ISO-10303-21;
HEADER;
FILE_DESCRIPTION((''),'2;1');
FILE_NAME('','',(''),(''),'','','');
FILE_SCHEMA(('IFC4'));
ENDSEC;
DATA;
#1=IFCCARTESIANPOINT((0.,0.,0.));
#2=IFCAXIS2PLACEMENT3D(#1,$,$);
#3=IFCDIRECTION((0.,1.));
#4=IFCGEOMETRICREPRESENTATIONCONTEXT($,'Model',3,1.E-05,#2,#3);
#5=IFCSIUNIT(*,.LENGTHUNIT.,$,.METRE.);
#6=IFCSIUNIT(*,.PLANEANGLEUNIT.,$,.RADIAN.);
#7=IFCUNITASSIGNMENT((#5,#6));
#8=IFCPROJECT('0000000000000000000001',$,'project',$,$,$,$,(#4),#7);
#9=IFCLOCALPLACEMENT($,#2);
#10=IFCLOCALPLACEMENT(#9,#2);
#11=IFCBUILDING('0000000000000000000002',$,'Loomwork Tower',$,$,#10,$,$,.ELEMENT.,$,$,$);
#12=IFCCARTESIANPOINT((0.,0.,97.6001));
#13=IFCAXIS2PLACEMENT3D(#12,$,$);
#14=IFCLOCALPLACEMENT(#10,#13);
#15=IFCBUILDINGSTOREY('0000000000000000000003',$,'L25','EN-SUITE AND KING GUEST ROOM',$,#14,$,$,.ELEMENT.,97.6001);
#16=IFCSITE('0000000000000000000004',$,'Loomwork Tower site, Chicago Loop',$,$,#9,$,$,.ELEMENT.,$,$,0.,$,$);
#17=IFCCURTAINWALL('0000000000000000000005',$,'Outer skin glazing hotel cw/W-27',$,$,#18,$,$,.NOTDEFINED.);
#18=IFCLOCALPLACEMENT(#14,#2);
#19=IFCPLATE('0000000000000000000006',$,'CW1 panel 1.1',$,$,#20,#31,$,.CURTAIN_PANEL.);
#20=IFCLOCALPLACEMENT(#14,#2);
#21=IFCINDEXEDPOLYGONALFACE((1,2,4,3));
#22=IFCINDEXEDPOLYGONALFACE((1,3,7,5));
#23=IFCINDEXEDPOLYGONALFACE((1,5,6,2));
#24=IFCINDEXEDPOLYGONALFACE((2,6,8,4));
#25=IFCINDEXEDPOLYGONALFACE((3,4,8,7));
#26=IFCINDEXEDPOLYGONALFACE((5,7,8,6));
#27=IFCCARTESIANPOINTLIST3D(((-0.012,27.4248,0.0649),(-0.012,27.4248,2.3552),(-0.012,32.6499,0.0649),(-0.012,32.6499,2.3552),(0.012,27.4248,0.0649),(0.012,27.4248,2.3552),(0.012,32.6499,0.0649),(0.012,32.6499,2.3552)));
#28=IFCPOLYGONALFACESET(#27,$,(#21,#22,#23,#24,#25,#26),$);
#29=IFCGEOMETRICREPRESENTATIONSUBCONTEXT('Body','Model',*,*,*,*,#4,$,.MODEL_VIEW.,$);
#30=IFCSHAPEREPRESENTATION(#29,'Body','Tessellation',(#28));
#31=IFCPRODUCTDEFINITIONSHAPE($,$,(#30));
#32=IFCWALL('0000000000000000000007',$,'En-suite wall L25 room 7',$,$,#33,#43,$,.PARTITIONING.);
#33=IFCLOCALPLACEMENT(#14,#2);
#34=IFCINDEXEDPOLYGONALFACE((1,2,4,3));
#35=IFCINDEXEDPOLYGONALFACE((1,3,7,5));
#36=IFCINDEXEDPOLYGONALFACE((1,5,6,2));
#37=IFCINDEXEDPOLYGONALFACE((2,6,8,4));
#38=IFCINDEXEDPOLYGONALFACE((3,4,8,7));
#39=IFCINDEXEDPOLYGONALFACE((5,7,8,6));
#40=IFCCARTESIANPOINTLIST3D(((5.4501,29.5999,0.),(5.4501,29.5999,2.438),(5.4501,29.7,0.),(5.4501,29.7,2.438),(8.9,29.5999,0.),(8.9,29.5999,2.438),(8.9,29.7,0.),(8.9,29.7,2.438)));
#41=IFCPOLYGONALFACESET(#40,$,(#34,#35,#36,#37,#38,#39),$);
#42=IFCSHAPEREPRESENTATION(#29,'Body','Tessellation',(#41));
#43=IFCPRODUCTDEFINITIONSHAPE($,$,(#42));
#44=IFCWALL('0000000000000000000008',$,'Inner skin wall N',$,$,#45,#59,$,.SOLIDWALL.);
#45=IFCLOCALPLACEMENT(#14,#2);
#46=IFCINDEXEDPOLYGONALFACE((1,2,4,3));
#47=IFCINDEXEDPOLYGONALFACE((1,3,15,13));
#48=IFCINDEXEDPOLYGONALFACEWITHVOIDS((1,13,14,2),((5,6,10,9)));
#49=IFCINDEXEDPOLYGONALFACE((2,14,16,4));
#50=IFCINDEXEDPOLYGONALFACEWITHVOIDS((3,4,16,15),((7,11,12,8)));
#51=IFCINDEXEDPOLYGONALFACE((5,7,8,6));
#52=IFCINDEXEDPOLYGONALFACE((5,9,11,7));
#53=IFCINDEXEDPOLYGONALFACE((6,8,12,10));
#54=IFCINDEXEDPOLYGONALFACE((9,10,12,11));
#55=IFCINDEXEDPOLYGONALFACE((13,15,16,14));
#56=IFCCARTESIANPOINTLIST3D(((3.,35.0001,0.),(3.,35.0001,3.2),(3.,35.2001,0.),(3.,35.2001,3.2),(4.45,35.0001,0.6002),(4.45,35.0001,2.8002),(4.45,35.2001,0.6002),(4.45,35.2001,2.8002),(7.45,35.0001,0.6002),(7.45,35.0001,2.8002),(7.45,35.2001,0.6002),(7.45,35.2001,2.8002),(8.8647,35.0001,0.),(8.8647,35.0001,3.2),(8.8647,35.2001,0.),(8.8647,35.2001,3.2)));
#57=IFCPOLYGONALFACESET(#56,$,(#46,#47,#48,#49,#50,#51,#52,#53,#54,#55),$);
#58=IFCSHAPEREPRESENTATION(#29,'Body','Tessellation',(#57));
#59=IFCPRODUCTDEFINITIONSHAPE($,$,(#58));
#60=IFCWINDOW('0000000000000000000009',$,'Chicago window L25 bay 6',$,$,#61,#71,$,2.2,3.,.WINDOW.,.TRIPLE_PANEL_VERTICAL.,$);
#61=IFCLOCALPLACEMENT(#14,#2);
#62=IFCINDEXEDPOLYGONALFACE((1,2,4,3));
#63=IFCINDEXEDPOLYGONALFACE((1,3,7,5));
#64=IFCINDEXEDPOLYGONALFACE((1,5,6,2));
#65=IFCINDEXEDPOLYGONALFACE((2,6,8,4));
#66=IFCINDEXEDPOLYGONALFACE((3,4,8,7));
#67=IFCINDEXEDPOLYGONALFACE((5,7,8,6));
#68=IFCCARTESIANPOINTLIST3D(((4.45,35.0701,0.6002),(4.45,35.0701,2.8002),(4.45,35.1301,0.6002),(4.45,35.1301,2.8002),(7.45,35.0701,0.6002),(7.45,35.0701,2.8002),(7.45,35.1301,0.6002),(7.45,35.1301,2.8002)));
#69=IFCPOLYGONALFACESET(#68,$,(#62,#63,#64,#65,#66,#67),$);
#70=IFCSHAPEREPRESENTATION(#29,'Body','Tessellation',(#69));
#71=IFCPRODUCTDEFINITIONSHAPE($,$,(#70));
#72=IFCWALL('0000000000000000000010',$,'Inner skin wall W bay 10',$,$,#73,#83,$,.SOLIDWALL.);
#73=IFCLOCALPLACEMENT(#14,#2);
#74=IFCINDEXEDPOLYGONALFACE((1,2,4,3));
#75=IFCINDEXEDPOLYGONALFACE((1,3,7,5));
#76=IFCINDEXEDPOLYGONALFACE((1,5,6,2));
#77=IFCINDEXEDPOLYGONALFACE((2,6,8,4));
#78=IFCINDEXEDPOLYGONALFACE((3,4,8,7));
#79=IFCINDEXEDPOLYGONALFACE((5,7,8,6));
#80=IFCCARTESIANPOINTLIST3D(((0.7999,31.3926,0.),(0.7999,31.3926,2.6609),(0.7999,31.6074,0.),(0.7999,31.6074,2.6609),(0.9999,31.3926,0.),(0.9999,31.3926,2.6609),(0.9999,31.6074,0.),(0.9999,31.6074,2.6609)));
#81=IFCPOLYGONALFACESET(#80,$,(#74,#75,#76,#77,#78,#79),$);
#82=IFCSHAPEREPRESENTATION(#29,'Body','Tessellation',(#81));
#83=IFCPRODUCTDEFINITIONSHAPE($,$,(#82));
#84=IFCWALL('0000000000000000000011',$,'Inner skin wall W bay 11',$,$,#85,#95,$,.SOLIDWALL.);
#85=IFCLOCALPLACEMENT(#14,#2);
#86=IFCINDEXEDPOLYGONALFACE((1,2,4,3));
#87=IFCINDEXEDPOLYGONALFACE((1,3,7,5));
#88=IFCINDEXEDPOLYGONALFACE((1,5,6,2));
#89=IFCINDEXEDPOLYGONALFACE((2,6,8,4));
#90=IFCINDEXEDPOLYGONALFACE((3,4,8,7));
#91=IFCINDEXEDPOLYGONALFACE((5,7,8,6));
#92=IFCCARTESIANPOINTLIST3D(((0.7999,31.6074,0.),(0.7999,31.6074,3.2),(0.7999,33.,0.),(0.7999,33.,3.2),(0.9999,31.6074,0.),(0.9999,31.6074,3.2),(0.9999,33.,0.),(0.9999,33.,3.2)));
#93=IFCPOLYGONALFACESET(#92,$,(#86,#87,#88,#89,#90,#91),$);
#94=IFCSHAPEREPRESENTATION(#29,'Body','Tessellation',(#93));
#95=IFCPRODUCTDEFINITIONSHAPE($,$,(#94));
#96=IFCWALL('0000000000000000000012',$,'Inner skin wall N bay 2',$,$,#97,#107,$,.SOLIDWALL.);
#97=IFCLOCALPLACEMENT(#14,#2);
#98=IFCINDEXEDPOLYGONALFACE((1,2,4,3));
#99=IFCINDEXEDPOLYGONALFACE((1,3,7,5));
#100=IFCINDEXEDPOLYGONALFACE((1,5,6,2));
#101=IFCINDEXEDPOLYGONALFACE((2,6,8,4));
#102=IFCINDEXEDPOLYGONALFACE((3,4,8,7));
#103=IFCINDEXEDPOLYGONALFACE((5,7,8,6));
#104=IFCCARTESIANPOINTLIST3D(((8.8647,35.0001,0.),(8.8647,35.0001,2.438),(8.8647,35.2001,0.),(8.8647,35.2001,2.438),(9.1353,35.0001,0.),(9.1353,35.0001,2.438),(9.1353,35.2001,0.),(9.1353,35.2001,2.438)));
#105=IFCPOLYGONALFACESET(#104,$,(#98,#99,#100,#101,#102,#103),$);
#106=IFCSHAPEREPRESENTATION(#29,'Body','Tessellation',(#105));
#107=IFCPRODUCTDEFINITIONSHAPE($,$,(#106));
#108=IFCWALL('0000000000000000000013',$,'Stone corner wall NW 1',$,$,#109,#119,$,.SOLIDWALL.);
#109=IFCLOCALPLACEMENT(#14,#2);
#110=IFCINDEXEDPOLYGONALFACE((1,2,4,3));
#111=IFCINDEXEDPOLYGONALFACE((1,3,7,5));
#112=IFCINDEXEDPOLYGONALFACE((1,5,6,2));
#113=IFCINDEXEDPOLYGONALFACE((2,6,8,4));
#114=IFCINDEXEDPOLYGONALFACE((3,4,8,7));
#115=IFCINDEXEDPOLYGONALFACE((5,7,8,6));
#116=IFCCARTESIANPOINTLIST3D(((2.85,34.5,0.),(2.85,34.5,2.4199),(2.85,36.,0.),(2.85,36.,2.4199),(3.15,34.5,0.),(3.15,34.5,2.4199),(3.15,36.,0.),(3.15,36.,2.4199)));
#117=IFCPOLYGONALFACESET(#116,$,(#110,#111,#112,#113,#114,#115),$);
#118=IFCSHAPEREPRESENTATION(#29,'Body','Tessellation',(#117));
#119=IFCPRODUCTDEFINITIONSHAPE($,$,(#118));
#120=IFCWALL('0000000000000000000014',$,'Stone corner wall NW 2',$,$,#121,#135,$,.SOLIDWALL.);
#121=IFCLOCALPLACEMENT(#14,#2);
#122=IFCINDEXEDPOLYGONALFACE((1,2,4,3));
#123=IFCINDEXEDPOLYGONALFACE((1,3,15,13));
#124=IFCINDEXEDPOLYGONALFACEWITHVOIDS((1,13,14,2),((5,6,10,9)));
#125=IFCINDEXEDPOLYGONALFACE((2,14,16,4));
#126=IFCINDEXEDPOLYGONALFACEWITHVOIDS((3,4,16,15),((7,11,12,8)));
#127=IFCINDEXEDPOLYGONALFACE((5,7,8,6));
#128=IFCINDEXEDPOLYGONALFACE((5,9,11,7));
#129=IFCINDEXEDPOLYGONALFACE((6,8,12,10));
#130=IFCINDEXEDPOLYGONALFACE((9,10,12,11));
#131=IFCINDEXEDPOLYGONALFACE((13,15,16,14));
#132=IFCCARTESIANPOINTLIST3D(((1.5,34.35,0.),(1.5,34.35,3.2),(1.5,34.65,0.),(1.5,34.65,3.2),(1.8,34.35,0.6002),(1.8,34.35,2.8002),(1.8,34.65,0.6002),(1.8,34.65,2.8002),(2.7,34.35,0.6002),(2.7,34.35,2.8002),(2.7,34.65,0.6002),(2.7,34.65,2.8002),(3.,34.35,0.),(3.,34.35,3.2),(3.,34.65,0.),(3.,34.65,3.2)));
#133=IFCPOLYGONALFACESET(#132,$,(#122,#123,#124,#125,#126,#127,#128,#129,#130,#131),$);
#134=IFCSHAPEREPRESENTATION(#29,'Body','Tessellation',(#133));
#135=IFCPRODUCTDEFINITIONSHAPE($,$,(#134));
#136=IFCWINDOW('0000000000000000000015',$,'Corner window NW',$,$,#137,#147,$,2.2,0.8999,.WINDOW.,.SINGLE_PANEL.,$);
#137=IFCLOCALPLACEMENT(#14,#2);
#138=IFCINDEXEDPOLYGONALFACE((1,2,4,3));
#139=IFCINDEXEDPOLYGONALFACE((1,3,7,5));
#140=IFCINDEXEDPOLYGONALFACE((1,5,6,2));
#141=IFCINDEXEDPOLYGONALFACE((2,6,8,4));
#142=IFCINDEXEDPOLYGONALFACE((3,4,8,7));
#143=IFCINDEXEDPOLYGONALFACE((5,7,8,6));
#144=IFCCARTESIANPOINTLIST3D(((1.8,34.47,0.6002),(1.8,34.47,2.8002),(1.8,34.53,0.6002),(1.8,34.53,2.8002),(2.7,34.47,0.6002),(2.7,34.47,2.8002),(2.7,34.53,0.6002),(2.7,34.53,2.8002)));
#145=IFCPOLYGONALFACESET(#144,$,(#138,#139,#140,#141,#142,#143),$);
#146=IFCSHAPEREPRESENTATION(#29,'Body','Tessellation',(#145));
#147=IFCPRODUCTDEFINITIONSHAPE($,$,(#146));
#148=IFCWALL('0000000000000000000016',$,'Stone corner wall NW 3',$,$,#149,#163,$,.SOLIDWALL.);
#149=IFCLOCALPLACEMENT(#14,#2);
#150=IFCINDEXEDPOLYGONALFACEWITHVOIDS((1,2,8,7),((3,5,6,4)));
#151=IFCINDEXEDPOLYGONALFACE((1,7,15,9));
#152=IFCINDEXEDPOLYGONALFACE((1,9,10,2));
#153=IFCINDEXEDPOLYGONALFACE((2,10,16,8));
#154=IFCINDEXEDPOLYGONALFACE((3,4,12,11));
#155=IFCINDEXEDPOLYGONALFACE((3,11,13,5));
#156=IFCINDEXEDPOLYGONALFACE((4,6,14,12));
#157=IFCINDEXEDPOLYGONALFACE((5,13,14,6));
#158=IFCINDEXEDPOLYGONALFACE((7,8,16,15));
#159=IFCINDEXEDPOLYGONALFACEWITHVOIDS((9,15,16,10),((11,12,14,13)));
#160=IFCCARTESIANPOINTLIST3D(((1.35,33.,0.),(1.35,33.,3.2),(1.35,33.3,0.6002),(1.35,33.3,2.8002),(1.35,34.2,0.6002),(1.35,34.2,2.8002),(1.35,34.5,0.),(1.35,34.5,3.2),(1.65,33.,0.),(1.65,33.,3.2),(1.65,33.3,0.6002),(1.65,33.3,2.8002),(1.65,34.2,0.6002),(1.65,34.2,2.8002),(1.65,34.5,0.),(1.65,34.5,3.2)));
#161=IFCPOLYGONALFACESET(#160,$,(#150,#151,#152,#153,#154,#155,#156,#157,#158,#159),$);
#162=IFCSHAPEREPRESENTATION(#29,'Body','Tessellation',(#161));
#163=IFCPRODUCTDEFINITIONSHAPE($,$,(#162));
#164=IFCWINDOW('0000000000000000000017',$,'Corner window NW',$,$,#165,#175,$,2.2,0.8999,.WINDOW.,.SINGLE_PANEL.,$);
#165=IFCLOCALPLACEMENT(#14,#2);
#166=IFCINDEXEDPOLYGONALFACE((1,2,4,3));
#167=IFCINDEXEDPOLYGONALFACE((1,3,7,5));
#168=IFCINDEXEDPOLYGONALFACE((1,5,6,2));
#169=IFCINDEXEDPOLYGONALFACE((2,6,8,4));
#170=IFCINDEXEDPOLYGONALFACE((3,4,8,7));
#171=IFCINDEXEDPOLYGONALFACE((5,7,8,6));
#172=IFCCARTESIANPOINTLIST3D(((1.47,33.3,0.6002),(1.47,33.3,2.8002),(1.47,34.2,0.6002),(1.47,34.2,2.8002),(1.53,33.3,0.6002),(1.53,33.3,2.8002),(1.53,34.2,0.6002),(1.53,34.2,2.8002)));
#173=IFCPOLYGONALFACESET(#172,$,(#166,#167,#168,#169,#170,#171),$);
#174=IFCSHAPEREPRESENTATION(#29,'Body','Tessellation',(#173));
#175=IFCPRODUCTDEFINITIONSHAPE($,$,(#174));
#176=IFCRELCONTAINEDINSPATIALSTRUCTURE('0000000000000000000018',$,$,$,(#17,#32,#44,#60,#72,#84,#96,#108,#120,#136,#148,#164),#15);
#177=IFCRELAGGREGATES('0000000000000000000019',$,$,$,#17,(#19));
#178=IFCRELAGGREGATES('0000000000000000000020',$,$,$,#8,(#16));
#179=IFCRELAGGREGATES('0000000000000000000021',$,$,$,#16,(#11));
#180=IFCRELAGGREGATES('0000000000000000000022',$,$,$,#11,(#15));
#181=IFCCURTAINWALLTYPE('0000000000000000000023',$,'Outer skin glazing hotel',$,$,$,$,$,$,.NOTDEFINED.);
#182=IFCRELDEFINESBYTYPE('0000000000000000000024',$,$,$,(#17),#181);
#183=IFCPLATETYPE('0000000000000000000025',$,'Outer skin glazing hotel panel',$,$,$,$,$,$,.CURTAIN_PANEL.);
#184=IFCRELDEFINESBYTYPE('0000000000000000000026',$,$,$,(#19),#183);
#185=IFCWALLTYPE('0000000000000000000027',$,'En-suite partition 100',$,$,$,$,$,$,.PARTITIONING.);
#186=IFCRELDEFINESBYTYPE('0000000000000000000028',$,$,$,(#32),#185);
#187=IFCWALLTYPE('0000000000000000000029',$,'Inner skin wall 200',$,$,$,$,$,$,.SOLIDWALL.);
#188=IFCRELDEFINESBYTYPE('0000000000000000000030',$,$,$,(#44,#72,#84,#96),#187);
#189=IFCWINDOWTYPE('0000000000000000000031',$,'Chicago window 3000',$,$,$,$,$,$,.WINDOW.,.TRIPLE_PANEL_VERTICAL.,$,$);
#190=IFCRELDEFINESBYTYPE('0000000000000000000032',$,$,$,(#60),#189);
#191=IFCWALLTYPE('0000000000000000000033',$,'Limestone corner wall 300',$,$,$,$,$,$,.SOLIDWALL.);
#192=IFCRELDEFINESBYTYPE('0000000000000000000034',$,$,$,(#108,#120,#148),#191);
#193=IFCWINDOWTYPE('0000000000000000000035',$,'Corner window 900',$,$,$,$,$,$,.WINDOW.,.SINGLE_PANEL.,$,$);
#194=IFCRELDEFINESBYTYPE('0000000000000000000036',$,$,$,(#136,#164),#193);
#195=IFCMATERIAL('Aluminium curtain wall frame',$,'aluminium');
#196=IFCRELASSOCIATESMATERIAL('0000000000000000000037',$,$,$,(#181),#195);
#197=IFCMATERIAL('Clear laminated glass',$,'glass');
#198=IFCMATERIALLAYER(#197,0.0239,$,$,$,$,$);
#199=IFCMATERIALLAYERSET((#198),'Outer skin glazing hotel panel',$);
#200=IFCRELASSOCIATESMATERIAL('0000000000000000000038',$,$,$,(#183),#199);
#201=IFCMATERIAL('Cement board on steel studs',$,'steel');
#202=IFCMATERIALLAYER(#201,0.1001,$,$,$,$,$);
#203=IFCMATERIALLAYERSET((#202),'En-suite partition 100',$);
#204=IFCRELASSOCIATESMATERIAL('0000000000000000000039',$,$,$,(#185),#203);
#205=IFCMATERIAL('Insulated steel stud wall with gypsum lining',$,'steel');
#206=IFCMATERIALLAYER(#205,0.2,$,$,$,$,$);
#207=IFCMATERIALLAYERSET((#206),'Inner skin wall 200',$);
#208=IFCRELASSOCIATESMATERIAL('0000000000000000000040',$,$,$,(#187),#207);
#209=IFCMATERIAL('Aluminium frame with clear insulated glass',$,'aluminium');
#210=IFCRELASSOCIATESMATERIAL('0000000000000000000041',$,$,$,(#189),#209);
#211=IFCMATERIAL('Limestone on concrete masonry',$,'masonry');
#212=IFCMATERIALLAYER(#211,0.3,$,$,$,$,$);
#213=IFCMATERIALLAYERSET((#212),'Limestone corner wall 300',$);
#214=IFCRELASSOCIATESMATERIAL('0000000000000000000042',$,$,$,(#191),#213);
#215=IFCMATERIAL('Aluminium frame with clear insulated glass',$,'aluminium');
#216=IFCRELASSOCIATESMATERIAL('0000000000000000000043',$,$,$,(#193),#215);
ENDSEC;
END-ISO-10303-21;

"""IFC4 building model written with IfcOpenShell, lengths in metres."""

from ifc_helpers import new_model, si_unit, direction, frame, frame_2d, origin, origin_2d, place, context, subcontext, project, spatial, rectangle, extrude, material, layer, layer_set, type_object, element, fill, aggregate, save


model = new_model("IFC4")

# Units and contexts
model_context = context("Model", 3, precision=1e-05, world=origin(), true_north=direction((0.0, 1.0)))
body_context = subcontext(model_context, "Body", "Model", "MODEL_VIEW")
ifc_project = project(units=[si_unit("LENGTHUNIT", "METRE"), si_unit("PLANEANGLEUNIT", "RADIAN")], contexts=[model_context])

# Site, building, storey
site_placement = place(None, origin())
site = spatial("IfcSite", under=ifc_project, at=site_placement, Name="Loomwork Tower site, Chicago Loop", CompositionType="ELEMENT", RefElevation=0.0)
building_placement = place(site_placement, origin())
building = spatial("IfcBuilding", under=site, at=building_placement, Name="Loomwork Tower", CompositionType="ELEMENT")
storey_placement = place(building_placement, frame((0.0, 0.0, 97.6001)))
storey = spatial("IfcBuildingStorey", under=building, at=storey_placement, Name="L25", Description="EN-SUITE AND KING GUEST ROOM", CompositionType="ELEMENT", Elevation=97.6001)

# Curtain wall
ifc_material_1 = material(Name="Aluminium curtain wall frame", Category="aluminium")
curtain_wall_type = type_object("IfcCurtainWallType", Name="Outer skin glazing hotel", PredefinedType="NOTDEFINED", material=ifc_material_1)
curtain_wall_1_placement = place(storey_placement, origin())
curtain_wall_1 = element("IfcCurtainWall", 1, at=curtain_wall_1_placement, inside=storey, type_object=curtain_wall_type, Name="Outer skin glazing hotel cw/W-27", PredefinedType="NOTDEFINED")

# Plate
ifc_material_2 = material(Name="Clear laminated glass", Category="glass")
ifc_layer_1 = layer(ifc_material_2, 0.0239)
ifc_layer_set_1 = layer_set([ifc_layer_1], Name="Outer skin glazing hotel panel")
plate_type = type_object("IfcPlateType", Name="Outer skin glazing hotel panel", PredefinedType="CURTAIN_PANEL", material=ifc_layer_set_1)
plate_1_placement = place(storey_placement, frame((0.0, 30.0374, 0.0649), z_axis=(0.0, 0.0, 1.0), x_axis=(0.0, -1.0, 0.0)))
plate_1 = element("IfcPlate", 2, at=plate_1_placement, type_object=plate_type, Name="CW1 panel 1.1", PredefinedType="CURTAIN_PANEL", context=body_context, shape_type="SweptSolid", body=[
    extrude(rectangle(XDim=5.2251, YDim=0.0239, at=origin_2d()), origin(), (0.0, 0.0, 1.0), 2.2903),
])
aggregate(curtain_wall_1, [plate_1])

# Wall
ifc_material_3 = material(Name="Cement board on steel studs", Category="steel")
ifc_layer_2 = layer(ifc_material_3, 0.1001)
ifc_layer_set_2 = layer_set([ifc_layer_2], Name="En-suite partition 100")
wall_type_1 = type_object("IfcWallType", Name="En-suite partition 100", PredefinedType="PARTITIONING", material=ifc_layer_set_2)
wall_1_placement = place(storey_placement, frame((5.45, 29.6499, 0.0), z_axis=(0.0, 0.0, 1.0), x_axis=(1.0, 0.0, 0.0)))
element("IfcWall", 3, at=wall_1_placement, inside=storey, type_object=wall_type_1, Name="En-suite wall L25 room 7", PredefinedType="PARTITIONING", context=body_context, shape_type="SweptSolid", body=[
    extrude(rectangle(XDim=3.45, YDim=0.1001, at=frame_2d((1.7251, 0.0))), origin(), (0.0, 0.0, 1.0), 2.438),
])

# Wall, opening, window
ifc_material_4 = material(Name="Insulated steel stud wall with gypsum lining", Category="steel")
ifc_layer_3 = layer(ifc_material_4, 0.2)
ifc_layer_set_3 = layer_set([ifc_layer_3], Name="Inner skin wall 200")
wall_type_2 = type_object("IfcWallType", Name="Inner skin wall 200", PredefinedType="SOLIDWALL", material=ifc_layer_set_3)
wall_2_placement = place(storey_placement, frame((3.0, 35.1001, 0.0), z_axis=(0.0, 0.0, 1.0), x_axis=(1.0, 0.0, 0.0)))
wall_2 = element("IfcWall", 4, at=wall_2_placement, inside=storey, type_object=wall_type_2, Name="Inner skin wall N", PredefinedType="SOLIDWALL", context=body_context, shape_type="SweptSolid", body=[
    extrude(rectangle(XDim=5.8647, YDim=0.2, at=frame_2d((2.9324, 0.0))), origin(), (0.0, 0.0, 1.0), 3.2),
])
opening_1_placement = place(wall_2_placement, frame((1.45, 0.0, 0.6001)))
opening_1 = element("IfcOpeningElement", 5, at=opening_1_placement, cuts=wall_2, PredefinedType="OPENING", context=body_context, shape_type="SweptSolid", body=[
    extrude(rectangle(XDim=3.0, YDim=2.2, at=frame_2d((1.5, 1.1001))), frame((0.0, 0.1099, 0.0), z_axis=(0.0, -1.0, 0.0), x_axis=(1.0, 0.0, 0.0)), (0.0, 0.0, 1.0), 0.22),
])
ifc_material_5 = material(Name="Aluminium frame with clear insulated glass", Category="aluminium")
window_type_1 = type_object("IfcWindowType", Name="Chicago window 3000", PartitioningType="TRIPLE_PANEL_VERTICAL", PredefinedType="WINDOW", material=ifc_material_5)
window_1_placement = place(opening_1_placement, origin())
window_1 = element("IfcWindow", 6, at=window_1_placement, inside=storey, type_object=window_type_1, Name="Chicago window L25 bay 6", OverallHeight=2.2, OverallWidth=3.0, PartitioningType="TRIPLE_PANEL_VERTICAL", PredefinedType="WINDOW", context=body_context, shape_type="SweptSolid", body=[
    extrude(rectangle(XDim=3.0, YDim=2.2, at=frame_2d((1.5, 1.1001))), frame((0.0, 0.03, 0.0), z_axis=(0.0, -1.0, 0.0), x_axis=(1.0, 0.0, 0.0)), (0.0, 0.0, 1.0), 0.0601),
])
fill(opening_1, window_1)

# Walls
wall_3_placement = place(storey_placement, frame((0.8999, 31.3926, 0.0), z_axis=(0.0, 0.0, 1.0), x_axis=(0.0, 1.0, 0.0)))
element("IfcWall", 7, at=wall_3_placement, inside=storey, type_object=wall_type_2, Name="Inner skin wall W bay 10", PredefinedType="SOLIDWALL", context=body_context, shape_type="SweptSolid", body=[
    extrude(rectangle(XDim=0.2148, YDim=0.2, at=frame_2d((0.1074, 0.0))), origin(), (0.0, 0.0, 1.0), 2.6609),
])
wall_4_placement = place(storey_placement, frame((0.8999, 31.6074, 0.0), z_axis=(0.0, 0.0, 1.0), x_axis=(0.0, 1.0, 0.0)))
element("IfcWall", 8, at=wall_4_placement, inside=storey, type_object=wall_type_2, Name="Inner skin wall W bay 11", PredefinedType="SOLIDWALL", context=body_context, shape_type="SweptSolid", body=[
    extrude(rectangle(XDim=1.3926, YDim=0.2, at=frame_2d((0.6963, 0.0))), origin(), (0.0, 0.0, 1.0), 3.2),
])
wall_5_placement = place(storey_placement, frame((8.8647, 35.1001, 0.0), z_axis=(0.0, 0.0, 1.0), x_axis=(1.0, 0.0, 0.0)))
element("IfcWall", 9, at=wall_5_placement, inside=storey, type_object=wall_type_2, Name="Inner skin wall N bay 2", PredefinedType="SOLIDWALL", context=body_context, shape_type="SweptSolid", body=[
    extrude(rectangle(XDim=0.2705, YDim=0.2, at=frame_2d((0.1353, 0.0))), origin(), (0.0, 0.0, 1.0), 2.438),
])
ifc_material_6 = material(Name="Limestone on concrete masonry", Category="masonry")
ifc_layer_4 = layer(ifc_material_6, 0.3)
ifc_layer_set_4 = layer_set([ifc_layer_4], Name="Limestone corner wall 300")
wall_type_3 = type_object("IfcWallType", Name="Limestone corner wall 300", PredefinedType="SOLIDWALL", material=ifc_layer_set_4)
wall_6_placement = place(storey_placement, frame((3.0, 36.0, 0.0), z_axis=(0.0, 0.0, 1.0), x_axis=(0.0, -1.0, 0.0)))
element("IfcWall", 10, at=wall_6_placement, inside=storey, type_object=wall_type_3, Name="Stone corner wall NW 1", PredefinedType="SOLIDWALL", context=body_context, shape_type="SweptSolid", body=[
    extrude(rectangle(XDim=1.5, YDim=0.3, at=frame_2d((0.75, 0.0))), origin(), (0.0, 0.0, 1.0), 2.4199),
])

# Walls, openings, windows
wall_7_placement = place(storey_placement, frame((3.0, 34.5, 0.0), z_axis=(0.0, 0.0, 1.0), x_axis=(-1.0, 0.0, 0.0)))
wall_7 = element("IfcWall", 11, at=wall_7_placement, inside=storey, type_object=wall_type_3, Name="Stone corner wall NW 2", PredefinedType="SOLIDWALL", context=body_context, shape_type="SweptSolid", body=[
    extrude(rectangle(XDim=1.5, YDim=0.3, at=frame_2d((0.75, 0.0))), origin(), (0.0, 0.0, 1.0), 3.2),
])
opening_2_placement = place(wall_7_placement, frame((0.3, 0.0, 0.6001)))
opening_2 = element("IfcOpeningElement", 12, at=opening_2_placement, cuts=wall_7, PredefinedType="OPENING", context=body_context, shape_type="SweptSolid", body=[
    extrude(rectangle(XDim=0.8999, YDim=2.2, at=frame_2d((0.45, 1.1001))), frame((0.0, 0.1599, 0.0), z_axis=(0.0, -1.0, 0.0), x_axis=(1.0, 0.0, 0.0)), (0.0, 0.0, 1.0), 0.3201),
])
ifc_material_7 = material(Name="Aluminium frame with clear insulated glass", Category="aluminium")
window_type_2 = type_object("IfcWindowType", Name="Corner window 900", PartitioningType="SINGLE_PANEL", PredefinedType="WINDOW", material=ifc_material_7)
window_2_placement = place(opening_2_placement, origin())
window_2 = element("IfcWindow", 13, at=window_2_placement, inside=storey, type_object=window_type_2, Name="Corner window NW", OverallHeight=2.2, OverallWidth=0.8999, PartitioningType="SINGLE_PANEL", PredefinedType="WINDOW", context=body_context, shape_type="SweptSolid", body=[
    extrude(rectangle(XDim=0.8999, YDim=2.2, at=frame_2d((0.45, 1.1001))), frame((0.0, 0.03, 0.0), z_axis=(0.0, -1.0, 0.0), x_axis=(1.0, 0.0, 0.0)), (0.0, 0.0, 1.0), 0.0601),
])
fill(opening_2, window_2)
wall_8_placement = place(storey_placement, frame((1.5, 34.5, 0.0), z_axis=(0.0, 0.0, 1.0), x_axis=(0.0, -1.0, 0.0)))
wall_8 = element("IfcWall", 14, at=wall_8_placement, inside=storey, type_object=wall_type_3, Name="Stone corner wall NW 3", PredefinedType="SOLIDWALL", context=body_context, shape_type="SweptSolid", body=[
    extrude(rectangle(XDim=1.5, YDim=0.3, at=frame_2d((0.75, 0.0))), origin(), (0.0, 0.0, 1.0), 3.2),
])
opening_3_placement = place(wall_8_placement, frame((0.3, 0.0, 0.6001)))
opening_3 = element("IfcOpeningElement", 15, at=opening_3_placement, cuts=wall_8, PredefinedType="OPENING", context=body_context, shape_type="SweptSolid", body=[
    extrude(rectangle(XDim=0.8999, YDim=2.2, at=frame_2d((0.45, 1.1001))), frame((0.0, 0.1599, 0.0), z_axis=(0.0, -1.0, 0.0), x_axis=(1.0, 0.0, 0.0)), (0.0, 0.0, 1.0), 0.3201),
])
window_3_placement = place(opening_3_placement, origin())
window_3 = element("IfcWindow", 16, at=window_3_placement, inside=storey, type_object=window_type_2, Name="Corner window NW", OverallHeight=2.2, OverallWidth=0.8999, PartitioningType="SINGLE_PANEL", PredefinedType="WINDOW", context=body_context, shape_type="SweptSolid", body=[
    extrude(rectangle(XDim=0.8999, YDim=2.2, at=frame_2d((0.45, 1.1001))), frame((0.0, 0.03, 0.0), z_axis=(0.0, -1.0, 0.0), x_axis=(1.0, 0.0, 0.0)), (0.0, 0.0, 1.0), 0.0601),
])
fill(opening_3, window_3)

save(model, "model.ifc")
